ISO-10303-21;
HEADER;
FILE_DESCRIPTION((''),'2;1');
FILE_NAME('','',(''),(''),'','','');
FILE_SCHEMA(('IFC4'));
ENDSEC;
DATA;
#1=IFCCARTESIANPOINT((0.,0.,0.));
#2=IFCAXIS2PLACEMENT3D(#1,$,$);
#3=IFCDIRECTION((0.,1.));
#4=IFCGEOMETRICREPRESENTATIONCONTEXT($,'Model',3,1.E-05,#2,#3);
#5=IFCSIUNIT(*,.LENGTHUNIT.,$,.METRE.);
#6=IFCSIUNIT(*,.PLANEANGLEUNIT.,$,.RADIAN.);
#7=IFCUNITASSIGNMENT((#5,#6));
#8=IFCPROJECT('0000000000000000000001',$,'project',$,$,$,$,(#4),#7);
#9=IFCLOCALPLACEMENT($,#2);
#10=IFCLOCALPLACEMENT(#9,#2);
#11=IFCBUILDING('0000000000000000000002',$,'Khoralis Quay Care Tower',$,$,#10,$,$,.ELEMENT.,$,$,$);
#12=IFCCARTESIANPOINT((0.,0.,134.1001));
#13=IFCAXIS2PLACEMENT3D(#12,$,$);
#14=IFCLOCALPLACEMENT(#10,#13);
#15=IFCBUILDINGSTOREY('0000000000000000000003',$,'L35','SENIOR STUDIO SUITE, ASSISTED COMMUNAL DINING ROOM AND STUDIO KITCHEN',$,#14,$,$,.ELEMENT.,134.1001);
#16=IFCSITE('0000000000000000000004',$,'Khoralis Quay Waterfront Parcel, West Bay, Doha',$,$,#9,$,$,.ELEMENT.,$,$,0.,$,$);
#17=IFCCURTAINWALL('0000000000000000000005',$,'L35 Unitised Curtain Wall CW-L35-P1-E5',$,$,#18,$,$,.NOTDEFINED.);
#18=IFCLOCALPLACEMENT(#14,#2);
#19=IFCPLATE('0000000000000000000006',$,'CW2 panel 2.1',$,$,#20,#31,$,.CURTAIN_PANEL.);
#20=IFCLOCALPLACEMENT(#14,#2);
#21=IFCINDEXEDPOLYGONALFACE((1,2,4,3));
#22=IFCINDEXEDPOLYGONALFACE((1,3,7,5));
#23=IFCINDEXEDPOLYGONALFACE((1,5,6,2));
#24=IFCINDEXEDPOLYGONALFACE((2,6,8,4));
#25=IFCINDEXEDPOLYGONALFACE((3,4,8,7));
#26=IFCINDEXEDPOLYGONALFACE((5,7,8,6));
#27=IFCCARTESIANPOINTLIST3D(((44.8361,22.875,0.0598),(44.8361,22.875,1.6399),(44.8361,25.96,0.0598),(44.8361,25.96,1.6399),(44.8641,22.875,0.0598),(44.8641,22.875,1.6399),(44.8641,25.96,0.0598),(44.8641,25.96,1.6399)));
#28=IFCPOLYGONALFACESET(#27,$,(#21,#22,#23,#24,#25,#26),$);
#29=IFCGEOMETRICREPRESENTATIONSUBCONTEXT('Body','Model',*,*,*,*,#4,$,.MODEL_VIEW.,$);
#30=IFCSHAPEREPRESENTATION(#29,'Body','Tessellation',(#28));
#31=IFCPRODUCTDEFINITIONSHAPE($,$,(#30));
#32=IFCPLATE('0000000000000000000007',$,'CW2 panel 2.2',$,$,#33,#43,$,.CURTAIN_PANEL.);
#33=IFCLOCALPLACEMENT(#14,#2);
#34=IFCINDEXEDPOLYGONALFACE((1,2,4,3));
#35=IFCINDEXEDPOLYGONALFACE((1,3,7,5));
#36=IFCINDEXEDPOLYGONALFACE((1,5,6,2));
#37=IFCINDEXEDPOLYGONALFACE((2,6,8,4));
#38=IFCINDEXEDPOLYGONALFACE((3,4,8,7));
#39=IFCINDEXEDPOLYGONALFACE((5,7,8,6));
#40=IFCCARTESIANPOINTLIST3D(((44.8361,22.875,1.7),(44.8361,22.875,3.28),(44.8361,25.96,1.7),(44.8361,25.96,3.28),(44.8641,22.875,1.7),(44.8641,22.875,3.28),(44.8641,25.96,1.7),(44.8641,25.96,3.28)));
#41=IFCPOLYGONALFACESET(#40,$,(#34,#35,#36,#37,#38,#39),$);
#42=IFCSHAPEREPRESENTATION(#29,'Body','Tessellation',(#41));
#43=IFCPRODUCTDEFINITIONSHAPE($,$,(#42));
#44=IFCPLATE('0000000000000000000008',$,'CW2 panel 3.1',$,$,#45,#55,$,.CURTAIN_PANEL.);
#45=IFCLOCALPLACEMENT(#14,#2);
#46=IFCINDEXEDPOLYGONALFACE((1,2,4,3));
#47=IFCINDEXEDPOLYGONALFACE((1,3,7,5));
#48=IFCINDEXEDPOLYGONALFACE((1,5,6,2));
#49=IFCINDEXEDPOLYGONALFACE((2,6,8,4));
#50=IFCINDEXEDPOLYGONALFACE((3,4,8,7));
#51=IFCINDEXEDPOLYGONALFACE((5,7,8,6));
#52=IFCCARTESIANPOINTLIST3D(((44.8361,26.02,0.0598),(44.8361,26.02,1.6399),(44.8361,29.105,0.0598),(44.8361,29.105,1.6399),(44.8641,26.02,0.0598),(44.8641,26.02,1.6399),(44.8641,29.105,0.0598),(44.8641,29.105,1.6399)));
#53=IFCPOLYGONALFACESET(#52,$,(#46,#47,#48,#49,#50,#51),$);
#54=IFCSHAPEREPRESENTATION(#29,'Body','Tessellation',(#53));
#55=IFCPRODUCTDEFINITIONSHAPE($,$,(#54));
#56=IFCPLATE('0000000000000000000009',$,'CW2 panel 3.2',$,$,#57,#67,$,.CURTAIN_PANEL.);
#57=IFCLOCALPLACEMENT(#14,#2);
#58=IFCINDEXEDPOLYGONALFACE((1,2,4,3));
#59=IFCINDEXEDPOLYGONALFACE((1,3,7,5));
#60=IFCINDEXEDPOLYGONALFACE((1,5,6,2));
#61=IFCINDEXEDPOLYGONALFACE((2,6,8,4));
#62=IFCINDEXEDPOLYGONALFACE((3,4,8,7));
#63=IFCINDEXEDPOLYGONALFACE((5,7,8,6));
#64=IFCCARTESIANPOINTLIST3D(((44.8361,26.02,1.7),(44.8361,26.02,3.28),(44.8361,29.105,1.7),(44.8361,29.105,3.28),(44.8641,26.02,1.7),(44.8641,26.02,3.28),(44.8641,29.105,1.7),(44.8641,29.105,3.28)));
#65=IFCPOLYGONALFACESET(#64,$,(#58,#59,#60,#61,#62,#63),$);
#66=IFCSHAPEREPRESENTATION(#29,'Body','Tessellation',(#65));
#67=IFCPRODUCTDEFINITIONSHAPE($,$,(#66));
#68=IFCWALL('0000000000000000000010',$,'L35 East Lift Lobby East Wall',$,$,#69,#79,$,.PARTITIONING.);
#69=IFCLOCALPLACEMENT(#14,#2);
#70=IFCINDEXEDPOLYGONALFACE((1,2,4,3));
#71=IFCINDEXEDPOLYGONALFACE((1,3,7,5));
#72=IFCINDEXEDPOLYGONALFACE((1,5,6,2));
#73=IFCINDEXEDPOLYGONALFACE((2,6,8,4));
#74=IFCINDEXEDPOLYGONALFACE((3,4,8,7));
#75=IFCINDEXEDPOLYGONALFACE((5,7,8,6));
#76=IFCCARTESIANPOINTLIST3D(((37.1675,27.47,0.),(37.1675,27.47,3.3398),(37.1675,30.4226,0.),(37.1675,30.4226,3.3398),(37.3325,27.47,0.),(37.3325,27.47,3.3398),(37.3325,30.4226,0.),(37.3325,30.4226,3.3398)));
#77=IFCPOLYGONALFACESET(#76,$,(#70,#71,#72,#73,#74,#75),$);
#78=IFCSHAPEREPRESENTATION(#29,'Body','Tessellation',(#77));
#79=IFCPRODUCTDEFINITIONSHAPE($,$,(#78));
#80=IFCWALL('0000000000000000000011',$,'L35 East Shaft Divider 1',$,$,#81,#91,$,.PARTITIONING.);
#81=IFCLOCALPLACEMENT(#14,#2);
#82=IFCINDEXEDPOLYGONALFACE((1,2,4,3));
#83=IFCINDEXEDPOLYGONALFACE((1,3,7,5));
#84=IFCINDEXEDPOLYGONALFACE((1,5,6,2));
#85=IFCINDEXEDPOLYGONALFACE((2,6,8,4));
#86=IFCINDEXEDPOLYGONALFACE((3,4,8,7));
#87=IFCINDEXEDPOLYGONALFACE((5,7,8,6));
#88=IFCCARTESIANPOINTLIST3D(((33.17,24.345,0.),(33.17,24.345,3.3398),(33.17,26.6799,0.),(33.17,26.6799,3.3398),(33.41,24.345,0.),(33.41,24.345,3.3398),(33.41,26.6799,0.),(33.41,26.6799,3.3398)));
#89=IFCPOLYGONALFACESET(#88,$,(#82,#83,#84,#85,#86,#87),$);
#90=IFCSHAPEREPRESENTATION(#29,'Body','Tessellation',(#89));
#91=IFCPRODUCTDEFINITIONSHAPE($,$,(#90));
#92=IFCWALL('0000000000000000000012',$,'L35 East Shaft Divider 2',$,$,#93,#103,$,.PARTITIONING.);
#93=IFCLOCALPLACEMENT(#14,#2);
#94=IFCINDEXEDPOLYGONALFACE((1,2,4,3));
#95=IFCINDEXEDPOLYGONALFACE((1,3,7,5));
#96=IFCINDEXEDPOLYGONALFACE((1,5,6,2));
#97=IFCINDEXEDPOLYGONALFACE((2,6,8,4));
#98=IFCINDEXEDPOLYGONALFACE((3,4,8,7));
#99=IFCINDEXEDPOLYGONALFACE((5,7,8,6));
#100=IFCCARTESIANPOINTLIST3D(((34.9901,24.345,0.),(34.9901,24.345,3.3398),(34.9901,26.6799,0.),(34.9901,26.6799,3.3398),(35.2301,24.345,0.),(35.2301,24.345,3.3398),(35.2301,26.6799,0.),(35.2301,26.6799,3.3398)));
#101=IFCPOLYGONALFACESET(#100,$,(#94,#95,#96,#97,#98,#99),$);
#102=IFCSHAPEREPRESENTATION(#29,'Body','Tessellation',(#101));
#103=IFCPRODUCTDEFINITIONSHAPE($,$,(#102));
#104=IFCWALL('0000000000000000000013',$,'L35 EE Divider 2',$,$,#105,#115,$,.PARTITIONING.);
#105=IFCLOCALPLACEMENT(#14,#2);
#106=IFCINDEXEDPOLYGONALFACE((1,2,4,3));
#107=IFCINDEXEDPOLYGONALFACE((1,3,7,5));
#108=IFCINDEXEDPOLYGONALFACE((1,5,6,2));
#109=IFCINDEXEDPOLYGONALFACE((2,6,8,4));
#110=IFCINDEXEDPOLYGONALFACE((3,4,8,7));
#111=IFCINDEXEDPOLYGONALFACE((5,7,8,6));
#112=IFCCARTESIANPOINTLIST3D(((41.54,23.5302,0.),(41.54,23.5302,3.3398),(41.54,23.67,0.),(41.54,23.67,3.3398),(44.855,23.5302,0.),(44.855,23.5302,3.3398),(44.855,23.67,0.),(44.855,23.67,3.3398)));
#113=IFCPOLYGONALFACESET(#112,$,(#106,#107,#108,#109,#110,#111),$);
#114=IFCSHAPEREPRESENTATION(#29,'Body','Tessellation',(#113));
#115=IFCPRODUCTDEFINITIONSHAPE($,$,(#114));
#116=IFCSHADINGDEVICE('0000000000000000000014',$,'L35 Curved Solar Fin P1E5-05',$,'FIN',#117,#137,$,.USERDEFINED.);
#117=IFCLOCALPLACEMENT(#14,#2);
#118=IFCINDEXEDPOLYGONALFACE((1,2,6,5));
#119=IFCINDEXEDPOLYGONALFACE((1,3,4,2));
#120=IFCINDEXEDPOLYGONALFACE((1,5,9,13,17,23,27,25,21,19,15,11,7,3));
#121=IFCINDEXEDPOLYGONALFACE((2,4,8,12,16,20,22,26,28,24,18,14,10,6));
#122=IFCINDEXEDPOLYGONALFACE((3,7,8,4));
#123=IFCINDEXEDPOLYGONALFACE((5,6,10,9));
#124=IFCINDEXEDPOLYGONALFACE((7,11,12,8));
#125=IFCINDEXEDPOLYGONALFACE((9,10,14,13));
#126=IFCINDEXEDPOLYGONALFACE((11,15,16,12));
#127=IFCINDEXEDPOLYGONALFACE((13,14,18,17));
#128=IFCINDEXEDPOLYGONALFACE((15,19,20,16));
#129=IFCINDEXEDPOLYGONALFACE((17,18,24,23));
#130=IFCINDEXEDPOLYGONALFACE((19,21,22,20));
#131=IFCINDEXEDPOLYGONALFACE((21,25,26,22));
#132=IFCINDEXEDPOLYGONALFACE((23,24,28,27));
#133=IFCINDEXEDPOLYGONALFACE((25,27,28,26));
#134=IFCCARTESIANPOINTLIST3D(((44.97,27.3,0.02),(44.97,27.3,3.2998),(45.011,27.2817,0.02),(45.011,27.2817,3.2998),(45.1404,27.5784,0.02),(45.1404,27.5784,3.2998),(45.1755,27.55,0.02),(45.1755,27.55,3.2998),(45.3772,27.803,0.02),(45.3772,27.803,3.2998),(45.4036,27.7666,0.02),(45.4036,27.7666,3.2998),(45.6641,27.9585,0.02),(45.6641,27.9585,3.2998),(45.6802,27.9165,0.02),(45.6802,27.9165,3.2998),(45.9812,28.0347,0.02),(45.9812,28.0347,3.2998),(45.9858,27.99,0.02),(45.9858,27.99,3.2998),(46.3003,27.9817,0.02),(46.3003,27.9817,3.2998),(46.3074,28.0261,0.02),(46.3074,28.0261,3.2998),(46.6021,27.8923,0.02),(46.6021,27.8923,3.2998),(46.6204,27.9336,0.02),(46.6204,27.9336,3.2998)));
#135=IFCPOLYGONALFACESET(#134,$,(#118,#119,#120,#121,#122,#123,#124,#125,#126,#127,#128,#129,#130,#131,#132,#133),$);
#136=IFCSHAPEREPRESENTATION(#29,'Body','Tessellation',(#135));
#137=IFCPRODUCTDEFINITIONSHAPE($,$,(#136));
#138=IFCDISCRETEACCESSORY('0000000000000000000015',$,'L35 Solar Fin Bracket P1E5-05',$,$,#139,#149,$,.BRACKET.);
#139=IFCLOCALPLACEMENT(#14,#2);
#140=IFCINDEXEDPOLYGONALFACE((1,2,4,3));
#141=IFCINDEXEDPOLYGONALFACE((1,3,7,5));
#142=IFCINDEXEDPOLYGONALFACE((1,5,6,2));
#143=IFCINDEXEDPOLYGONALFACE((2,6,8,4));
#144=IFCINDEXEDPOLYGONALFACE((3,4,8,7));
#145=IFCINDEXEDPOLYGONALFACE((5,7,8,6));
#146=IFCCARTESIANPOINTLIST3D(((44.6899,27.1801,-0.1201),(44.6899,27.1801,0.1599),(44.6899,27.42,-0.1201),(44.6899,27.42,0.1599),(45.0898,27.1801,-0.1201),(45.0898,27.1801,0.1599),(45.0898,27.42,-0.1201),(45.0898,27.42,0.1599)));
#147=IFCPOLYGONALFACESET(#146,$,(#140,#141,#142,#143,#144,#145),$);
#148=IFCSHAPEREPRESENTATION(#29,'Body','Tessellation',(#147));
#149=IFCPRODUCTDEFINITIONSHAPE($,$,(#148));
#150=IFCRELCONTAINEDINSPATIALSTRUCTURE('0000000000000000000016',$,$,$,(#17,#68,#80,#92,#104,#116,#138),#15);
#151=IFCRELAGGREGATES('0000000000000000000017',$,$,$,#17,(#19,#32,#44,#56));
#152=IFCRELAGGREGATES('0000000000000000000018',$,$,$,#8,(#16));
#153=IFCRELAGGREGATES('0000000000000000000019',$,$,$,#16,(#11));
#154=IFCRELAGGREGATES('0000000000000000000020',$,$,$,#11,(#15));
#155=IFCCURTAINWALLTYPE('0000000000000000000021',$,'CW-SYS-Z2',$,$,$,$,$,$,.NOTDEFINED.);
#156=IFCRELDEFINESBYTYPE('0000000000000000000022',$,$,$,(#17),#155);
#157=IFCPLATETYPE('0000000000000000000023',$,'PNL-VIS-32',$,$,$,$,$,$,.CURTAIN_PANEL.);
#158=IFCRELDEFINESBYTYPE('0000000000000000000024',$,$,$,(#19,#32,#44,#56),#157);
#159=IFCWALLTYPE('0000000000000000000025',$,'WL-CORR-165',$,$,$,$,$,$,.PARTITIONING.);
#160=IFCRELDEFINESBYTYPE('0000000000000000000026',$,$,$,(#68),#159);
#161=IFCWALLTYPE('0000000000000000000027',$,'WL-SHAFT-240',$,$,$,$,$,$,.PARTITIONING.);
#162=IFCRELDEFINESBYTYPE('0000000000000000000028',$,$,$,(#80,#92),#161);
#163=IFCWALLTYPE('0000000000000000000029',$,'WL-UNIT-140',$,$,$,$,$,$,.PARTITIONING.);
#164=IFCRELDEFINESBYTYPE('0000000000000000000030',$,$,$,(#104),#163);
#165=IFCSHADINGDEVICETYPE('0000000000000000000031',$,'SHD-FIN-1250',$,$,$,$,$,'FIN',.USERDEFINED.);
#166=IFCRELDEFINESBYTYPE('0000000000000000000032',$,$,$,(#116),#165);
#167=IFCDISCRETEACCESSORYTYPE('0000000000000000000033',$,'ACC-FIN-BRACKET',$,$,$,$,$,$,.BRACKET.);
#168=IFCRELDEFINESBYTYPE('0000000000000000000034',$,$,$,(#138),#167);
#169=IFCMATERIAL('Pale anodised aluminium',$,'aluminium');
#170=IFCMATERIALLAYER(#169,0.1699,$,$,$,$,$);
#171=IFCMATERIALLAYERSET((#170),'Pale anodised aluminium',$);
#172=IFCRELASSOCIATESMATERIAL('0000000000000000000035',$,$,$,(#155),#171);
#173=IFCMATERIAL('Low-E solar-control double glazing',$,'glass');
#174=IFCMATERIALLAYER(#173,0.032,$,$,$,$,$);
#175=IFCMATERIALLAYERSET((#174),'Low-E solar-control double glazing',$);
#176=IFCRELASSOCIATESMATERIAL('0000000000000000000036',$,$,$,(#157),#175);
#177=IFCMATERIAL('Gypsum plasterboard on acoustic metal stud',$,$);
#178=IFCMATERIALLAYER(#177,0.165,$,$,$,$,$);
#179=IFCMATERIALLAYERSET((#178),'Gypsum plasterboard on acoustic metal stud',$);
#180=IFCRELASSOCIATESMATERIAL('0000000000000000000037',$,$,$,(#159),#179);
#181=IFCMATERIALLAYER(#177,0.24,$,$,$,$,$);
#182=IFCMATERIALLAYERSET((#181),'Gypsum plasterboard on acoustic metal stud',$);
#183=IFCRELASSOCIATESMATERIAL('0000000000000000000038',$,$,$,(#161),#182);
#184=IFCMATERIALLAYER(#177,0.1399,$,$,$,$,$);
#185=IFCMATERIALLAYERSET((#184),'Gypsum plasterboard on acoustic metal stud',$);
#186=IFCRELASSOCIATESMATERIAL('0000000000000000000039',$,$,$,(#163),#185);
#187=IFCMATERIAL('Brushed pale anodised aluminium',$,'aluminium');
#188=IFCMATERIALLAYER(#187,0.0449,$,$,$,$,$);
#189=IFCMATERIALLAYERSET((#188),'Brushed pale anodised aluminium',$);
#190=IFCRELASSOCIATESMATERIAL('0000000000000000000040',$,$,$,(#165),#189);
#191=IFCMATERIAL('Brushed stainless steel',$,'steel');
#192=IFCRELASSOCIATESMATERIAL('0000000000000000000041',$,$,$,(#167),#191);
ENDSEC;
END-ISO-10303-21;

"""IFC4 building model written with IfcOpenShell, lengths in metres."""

from ifc_helpers import new_model, si_unit, direction, frame, frame_2d, origin, origin_2d, place, context, subcontext, project, spatial, polyline, rectangle, outline, extrude, source, transform, mapped, material, layer, layer_set, type_object, element, aggregate, save


model = new_model("IFC4")

# Units and contexts
model_context = context("Model", 3, precision=1e-05, world=origin(), true_north=direction((0.0, 1.0)))
body_context = subcontext(model_context, "Body", "Model", "MODEL_VIEW")
ifc_project = project(units=[si_unit("LENGTHUNIT", "METRE"), si_unit("PLANEANGLEUNIT", "RADIAN")], contexts=[model_context])

# Site, building, storey
site_placement = place(None, origin())
site = spatial("IfcSite", under=ifc_project, at=site_placement, Name="Khoralis Quay Waterfront Parcel, West Bay, Doha", CompositionType="ELEMENT", RefElevation=0.0)
building_placement = place(site_placement, origin())
building = spatial("IfcBuilding", under=site, at=building_placement, Name="Khoralis Quay Care Tower", CompositionType="ELEMENT")
storey_placement = place(building_placement, frame((0.0, 0.0, 134.1001)))
storey = spatial("IfcBuildingStorey", under=building, at=storey_placement, Name="L35", Description="SENIOR STUDIO SUITE, ASSISTED COMMUNAL DINING ROOM AND STUDIO KITCHEN", CompositionType="ELEMENT", Elevation=134.1001)

# Curtain wall, plates
ifc_material_1 = material(Name="Pale anodised aluminium", Category="aluminium")
ifc_layer_1 = layer(ifc_material_1, 0.1699)
ifc_layer_set_1 = layer_set([ifc_layer_1], Name="Pale anodised aluminium")
curtain_wall_type = type_object("IfcCurtainWallType", Name="CW-SYS-Z2", PredefinedType="NOTDEFINED", material=ifc_layer_set_1)
curtain_wall_placement = place(storey_placement, origin())
curtain_wall = element("IfcCurtainWall", 1, at=curtain_wall_placement, inside=storey, type_object=curtain_wall_type, Name="L35 Unitised Curtain Wall CW-L35-P1-E5", PredefinedType="NOTDEFINED")
ifc_material_2 = material(Name="Low-E solar-control double glazing", Category="glass")
ifc_layer_2 = layer(ifc_material_2, 0.032)
ifc_layer_set_2 = layer_set([ifc_layer_2], Name="Low-E solar-control double glazing")
plate_type = type_object("IfcPlateType", Name="PNL-VIS-32", PredefinedType="CURTAIN_PANEL", material=ifc_layer_set_2)
shared_shape_1 = source(origin(), body_context, "Body", "SweptSolid", [
    extrude(rectangle(XDim=3.085, YDim=0.0281, at=origin_2d()), origin(), (0.0, 0.0, 1.0), 1.5801),
])
plate_1_placement = place(storey_placement, frame((44.8501, 24.4175, 0.0598), z_axis=(0.0, 0.0, 1.0), x_axis=(0.0, 1.0, 0.0)))
plate_1 = element("IfcPlate", 2, at=plate_1_placement, type_object=plate_type, Name="CW2 panel 2.1", PredefinedType="CURTAIN_PANEL", context=body_context, shape_type="MappedRepresentation", body=[
    mapped(shared_shape_1, transform((0.0, 0.0, 0.0), scale=1.0)),
])
plate_2_placement = place(storey_placement, frame((44.8501, 24.4175, 1.7), z_axis=(0.0, 0.0, 1.0), x_axis=(0.0, 1.0, 0.0)))
plate_2 = element("IfcPlate", 3, at=plate_2_placement, type_object=plate_type, Name="CW2 panel 2.2", PredefinedType="CURTAIN_PANEL", context=body_context, shape_type="MappedRepresentation", body=[
    mapped(shared_shape_1, transform((0.0, 0.0, 0.0), scale=1.0)),
])
plate_3_placement = place(storey_placement, frame((44.8501, 27.5625, 0.0598), z_axis=(0.0, 0.0, 1.0), x_axis=(0.0, 1.0, 0.0)))
plate_3 = element("IfcPlate", 4, at=plate_3_placement, type_object=plate_type, Name="CW2 panel 3.1", PredefinedType="CURTAIN_PANEL", context=body_context, shape_type="MappedRepresentation", body=[
    mapped(shared_shape_1, transform((0.0, 0.0, 0.0), scale=1.0)),
])
plate_4_placement = place(storey_placement, frame((44.8501, 27.5625, 1.7), z_axis=(0.0, 0.0, 1.0), x_axis=(0.0, 1.0, 0.0)))
plate_4 = element("IfcPlate", 5, at=plate_4_placement, type_object=plate_type, Name="CW2 panel 3.2", PredefinedType="CURTAIN_PANEL", context=body_context, shape_type="MappedRepresentation", body=[
    mapped(shared_shape_1, transform((0.0, 0.0, 0.0), scale=1.0)),
])
aggregate(curtain_wall, [plate_1, plate_2, plate_3, plate_4])

# Walls
ifc_material_3 = material(Name="Gypsum plasterboard on acoustic metal stud")
ifc_layer_3 = layer(ifc_material_3, 0.165)
ifc_layer_set_3 = layer_set([ifc_layer_3], Name="Gypsum plasterboard on acoustic metal stud")
wall_type_1 = type_object("IfcWallType", Name="WL-CORR-165", PredefinedType="PARTITIONING", material=ifc_layer_set_3)
wall_1_placement = place(storey_placement, frame((37.25, 27.47, 0.0), z_axis=(0.0, 0.0, 1.0), x_axis=(0.0, 1.0, 0.0)))
element("IfcWall", 6, at=wall_1_placement, inside=storey, type_object=wall_type_1, Name="L35 East Lift Lobby East Wall", PredefinedType="PARTITIONING", context=body_context, shape_type="SweptSolid", body=[
    extrude(rectangle(XDim=2.9526, YDim=0.165, at=frame_2d((1.4763, 0.0))), origin(), (0.0, 0.0, 1.0), 3.3398),
])
ifc_layer_4 = layer(ifc_material_3, 0.24)
ifc_layer_set_4 = layer_set([ifc_layer_4], Name="Gypsum plasterboard on acoustic metal stud")
wall_type_2 = type_object("IfcWallType", Name="WL-SHAFT-240", PredefinedType="PARTITIONING", material=ifc_layer_set_4)
for number, where, z_axis, x_axis, name in (
    (7, (33.29, 24.345, 0.0), (0.0, 0.0, 1.0), (0.0, 1.0, 0.0), "L35 East Shaft Divider 1"),
    (8, (35.1101, 24.345, 0.0), (0.0, 0.0, 1.0), (0.0, 1.0, 0.0), "L35 East Shaft Divider 2"),
):
    element("IfcWall", number, at=place(storey_placement, frame(where, z_axis=z_axis, x_axis=x_axis)), inside=storey, type_object=wall_type_2, Name=name, PredefinedType="PARTITIONING", context=body_context, shape_type="SweptSolid", body=[
        extrude(rectangle(XDim=2.335, YDim=0.24, at=frame_2d((1.1675, 0.0))), origin(), (0.0, 0.0, 1.0), 3.3398),
    ])
ifc_layer_5 = layer(ifc_material_3, 0.1399)
ifc_layer_set_5 = layer_set([ifc_layer_5], Name="Gypsum plasterboard on acoustic metal stud")
wall_type_3 = type_object("IfcWallType", Name="WL-UNIT-140", PredefinedType="PARTITIONING", material=ifc_layer_set_5)
wall_2_placement = place(storey_placement, frame((41.54, 23.6001, 0.0), z_axis=(0.0, 0.0, 1.0), x_axis=(1.0, 0.0, 0.0)))
element("IfcWall", 9, at=wall_2_placement, inside=storey, type_object=wall_type_3, Name="L35 EE Divider 2", PredefinedType="PARTITIONING", context=body_context, shape_type="SweptSolid", body=[
    extrude(rectangle(XDim=3.3149, YDim=0.1399, at=frame_2d((1.6575, 0.0))), origin(), (0.0, 0.0, 1.0), 3.3398),
])

# Shading device
ifc_material_4 = material(Name="Brushed pale anodised aluminium", Category="aluminium")
ifc_layer_6 = layer(ifc_material_4, 0.0449)
ifc_layer_set_6 = layer_set([ifc_layer_6], Name="Brushed pale anodised aluminium")
shading_device_type = type_object("IfcShadingDeviceType", Name="SHD-FIN-1250", ElementType="FIN", PredefinedType="USERDEFINED", material=ifc_layer_set_6)
shared_shape_2 = source(origin(), body_context, "Body", "SweptSolid", [
    extrude(outline(polyline([(0.0, 0.0), (0.1704, 0.2783), (0.4072, 0.5029), (0.6941, 0.6584), (1.0112, 0.7346), (1.3374, 0.7261), (1.6504, 0.6335), (1.6321, 0.5923), (1.3303, 0.6816), (1.0159, 0.6899), (0.7102, 0.6165), (0.4336, 0.4666), (0.2056, 0.25), (0.041, -0.0183), (0.0, 0.0)])), origin(), (0.0, 0.0, 1.0), 3.2798),
])
shading_device_placement = place(storey_placement, frame((44.97, 27.3, 0.02), z_axis=(0.0, 0.0, 1.0), x_axis=(1.0, 0.0, 0.0)))
element("IfcShadingDevice", 10, at=shading_device_placement, inside=storey, type_object=shading_device_type, Name="L35 Curved Solar Fin P1E5-05", ObjectType="FIN", PredefinedType="USERDEFINED", context=body_context, shape_type="MappedRepresentation", body=[
    mapped(shared_shape_2, transform((0.0, 0.0, 0.0), scale=1.0)),
])

# Discrete accessory
ifc_material_5 = material(Name="Brushed stainless steel", Category="steel")
discrete_accessory_type = type_object("IfcDiscreteAccessoryType", Name="ACC-FIN-BRACKET", PredefinedType="BRACKET", material=ifc_material_5)
shared_shape_3 = source(origin(), body_context, "Body", "SweptSolid", [
    extrude(rectangle(XDim=0.3999, YDim=0.24, at=origin_2d()), origin(), (0.0, 0.0, 1.0), 0.28),
])
discrete_accessory_placement = place(storey_placement, frame((44.8899, 27.3, -0.1201), z_axis=(0.0, 0.0, 1.0), x_axis=(1.0, 0.0, 0.0)))
element("IfcDiscreteAccessory", 11, at=discrete_accessory_placement, inside=storey, type_object=discrete_accessory_type, Name="L35 Solar Fin Bracket P1E5-05", PredefinedType="BRACKET", context=body_context, shape_type="MappedRepresentation", body=[
    mapped(shared_shape_3, transform((0.0, 0.0, 0.0), scale=1.0)),
])

save(model, "model.ifc")
